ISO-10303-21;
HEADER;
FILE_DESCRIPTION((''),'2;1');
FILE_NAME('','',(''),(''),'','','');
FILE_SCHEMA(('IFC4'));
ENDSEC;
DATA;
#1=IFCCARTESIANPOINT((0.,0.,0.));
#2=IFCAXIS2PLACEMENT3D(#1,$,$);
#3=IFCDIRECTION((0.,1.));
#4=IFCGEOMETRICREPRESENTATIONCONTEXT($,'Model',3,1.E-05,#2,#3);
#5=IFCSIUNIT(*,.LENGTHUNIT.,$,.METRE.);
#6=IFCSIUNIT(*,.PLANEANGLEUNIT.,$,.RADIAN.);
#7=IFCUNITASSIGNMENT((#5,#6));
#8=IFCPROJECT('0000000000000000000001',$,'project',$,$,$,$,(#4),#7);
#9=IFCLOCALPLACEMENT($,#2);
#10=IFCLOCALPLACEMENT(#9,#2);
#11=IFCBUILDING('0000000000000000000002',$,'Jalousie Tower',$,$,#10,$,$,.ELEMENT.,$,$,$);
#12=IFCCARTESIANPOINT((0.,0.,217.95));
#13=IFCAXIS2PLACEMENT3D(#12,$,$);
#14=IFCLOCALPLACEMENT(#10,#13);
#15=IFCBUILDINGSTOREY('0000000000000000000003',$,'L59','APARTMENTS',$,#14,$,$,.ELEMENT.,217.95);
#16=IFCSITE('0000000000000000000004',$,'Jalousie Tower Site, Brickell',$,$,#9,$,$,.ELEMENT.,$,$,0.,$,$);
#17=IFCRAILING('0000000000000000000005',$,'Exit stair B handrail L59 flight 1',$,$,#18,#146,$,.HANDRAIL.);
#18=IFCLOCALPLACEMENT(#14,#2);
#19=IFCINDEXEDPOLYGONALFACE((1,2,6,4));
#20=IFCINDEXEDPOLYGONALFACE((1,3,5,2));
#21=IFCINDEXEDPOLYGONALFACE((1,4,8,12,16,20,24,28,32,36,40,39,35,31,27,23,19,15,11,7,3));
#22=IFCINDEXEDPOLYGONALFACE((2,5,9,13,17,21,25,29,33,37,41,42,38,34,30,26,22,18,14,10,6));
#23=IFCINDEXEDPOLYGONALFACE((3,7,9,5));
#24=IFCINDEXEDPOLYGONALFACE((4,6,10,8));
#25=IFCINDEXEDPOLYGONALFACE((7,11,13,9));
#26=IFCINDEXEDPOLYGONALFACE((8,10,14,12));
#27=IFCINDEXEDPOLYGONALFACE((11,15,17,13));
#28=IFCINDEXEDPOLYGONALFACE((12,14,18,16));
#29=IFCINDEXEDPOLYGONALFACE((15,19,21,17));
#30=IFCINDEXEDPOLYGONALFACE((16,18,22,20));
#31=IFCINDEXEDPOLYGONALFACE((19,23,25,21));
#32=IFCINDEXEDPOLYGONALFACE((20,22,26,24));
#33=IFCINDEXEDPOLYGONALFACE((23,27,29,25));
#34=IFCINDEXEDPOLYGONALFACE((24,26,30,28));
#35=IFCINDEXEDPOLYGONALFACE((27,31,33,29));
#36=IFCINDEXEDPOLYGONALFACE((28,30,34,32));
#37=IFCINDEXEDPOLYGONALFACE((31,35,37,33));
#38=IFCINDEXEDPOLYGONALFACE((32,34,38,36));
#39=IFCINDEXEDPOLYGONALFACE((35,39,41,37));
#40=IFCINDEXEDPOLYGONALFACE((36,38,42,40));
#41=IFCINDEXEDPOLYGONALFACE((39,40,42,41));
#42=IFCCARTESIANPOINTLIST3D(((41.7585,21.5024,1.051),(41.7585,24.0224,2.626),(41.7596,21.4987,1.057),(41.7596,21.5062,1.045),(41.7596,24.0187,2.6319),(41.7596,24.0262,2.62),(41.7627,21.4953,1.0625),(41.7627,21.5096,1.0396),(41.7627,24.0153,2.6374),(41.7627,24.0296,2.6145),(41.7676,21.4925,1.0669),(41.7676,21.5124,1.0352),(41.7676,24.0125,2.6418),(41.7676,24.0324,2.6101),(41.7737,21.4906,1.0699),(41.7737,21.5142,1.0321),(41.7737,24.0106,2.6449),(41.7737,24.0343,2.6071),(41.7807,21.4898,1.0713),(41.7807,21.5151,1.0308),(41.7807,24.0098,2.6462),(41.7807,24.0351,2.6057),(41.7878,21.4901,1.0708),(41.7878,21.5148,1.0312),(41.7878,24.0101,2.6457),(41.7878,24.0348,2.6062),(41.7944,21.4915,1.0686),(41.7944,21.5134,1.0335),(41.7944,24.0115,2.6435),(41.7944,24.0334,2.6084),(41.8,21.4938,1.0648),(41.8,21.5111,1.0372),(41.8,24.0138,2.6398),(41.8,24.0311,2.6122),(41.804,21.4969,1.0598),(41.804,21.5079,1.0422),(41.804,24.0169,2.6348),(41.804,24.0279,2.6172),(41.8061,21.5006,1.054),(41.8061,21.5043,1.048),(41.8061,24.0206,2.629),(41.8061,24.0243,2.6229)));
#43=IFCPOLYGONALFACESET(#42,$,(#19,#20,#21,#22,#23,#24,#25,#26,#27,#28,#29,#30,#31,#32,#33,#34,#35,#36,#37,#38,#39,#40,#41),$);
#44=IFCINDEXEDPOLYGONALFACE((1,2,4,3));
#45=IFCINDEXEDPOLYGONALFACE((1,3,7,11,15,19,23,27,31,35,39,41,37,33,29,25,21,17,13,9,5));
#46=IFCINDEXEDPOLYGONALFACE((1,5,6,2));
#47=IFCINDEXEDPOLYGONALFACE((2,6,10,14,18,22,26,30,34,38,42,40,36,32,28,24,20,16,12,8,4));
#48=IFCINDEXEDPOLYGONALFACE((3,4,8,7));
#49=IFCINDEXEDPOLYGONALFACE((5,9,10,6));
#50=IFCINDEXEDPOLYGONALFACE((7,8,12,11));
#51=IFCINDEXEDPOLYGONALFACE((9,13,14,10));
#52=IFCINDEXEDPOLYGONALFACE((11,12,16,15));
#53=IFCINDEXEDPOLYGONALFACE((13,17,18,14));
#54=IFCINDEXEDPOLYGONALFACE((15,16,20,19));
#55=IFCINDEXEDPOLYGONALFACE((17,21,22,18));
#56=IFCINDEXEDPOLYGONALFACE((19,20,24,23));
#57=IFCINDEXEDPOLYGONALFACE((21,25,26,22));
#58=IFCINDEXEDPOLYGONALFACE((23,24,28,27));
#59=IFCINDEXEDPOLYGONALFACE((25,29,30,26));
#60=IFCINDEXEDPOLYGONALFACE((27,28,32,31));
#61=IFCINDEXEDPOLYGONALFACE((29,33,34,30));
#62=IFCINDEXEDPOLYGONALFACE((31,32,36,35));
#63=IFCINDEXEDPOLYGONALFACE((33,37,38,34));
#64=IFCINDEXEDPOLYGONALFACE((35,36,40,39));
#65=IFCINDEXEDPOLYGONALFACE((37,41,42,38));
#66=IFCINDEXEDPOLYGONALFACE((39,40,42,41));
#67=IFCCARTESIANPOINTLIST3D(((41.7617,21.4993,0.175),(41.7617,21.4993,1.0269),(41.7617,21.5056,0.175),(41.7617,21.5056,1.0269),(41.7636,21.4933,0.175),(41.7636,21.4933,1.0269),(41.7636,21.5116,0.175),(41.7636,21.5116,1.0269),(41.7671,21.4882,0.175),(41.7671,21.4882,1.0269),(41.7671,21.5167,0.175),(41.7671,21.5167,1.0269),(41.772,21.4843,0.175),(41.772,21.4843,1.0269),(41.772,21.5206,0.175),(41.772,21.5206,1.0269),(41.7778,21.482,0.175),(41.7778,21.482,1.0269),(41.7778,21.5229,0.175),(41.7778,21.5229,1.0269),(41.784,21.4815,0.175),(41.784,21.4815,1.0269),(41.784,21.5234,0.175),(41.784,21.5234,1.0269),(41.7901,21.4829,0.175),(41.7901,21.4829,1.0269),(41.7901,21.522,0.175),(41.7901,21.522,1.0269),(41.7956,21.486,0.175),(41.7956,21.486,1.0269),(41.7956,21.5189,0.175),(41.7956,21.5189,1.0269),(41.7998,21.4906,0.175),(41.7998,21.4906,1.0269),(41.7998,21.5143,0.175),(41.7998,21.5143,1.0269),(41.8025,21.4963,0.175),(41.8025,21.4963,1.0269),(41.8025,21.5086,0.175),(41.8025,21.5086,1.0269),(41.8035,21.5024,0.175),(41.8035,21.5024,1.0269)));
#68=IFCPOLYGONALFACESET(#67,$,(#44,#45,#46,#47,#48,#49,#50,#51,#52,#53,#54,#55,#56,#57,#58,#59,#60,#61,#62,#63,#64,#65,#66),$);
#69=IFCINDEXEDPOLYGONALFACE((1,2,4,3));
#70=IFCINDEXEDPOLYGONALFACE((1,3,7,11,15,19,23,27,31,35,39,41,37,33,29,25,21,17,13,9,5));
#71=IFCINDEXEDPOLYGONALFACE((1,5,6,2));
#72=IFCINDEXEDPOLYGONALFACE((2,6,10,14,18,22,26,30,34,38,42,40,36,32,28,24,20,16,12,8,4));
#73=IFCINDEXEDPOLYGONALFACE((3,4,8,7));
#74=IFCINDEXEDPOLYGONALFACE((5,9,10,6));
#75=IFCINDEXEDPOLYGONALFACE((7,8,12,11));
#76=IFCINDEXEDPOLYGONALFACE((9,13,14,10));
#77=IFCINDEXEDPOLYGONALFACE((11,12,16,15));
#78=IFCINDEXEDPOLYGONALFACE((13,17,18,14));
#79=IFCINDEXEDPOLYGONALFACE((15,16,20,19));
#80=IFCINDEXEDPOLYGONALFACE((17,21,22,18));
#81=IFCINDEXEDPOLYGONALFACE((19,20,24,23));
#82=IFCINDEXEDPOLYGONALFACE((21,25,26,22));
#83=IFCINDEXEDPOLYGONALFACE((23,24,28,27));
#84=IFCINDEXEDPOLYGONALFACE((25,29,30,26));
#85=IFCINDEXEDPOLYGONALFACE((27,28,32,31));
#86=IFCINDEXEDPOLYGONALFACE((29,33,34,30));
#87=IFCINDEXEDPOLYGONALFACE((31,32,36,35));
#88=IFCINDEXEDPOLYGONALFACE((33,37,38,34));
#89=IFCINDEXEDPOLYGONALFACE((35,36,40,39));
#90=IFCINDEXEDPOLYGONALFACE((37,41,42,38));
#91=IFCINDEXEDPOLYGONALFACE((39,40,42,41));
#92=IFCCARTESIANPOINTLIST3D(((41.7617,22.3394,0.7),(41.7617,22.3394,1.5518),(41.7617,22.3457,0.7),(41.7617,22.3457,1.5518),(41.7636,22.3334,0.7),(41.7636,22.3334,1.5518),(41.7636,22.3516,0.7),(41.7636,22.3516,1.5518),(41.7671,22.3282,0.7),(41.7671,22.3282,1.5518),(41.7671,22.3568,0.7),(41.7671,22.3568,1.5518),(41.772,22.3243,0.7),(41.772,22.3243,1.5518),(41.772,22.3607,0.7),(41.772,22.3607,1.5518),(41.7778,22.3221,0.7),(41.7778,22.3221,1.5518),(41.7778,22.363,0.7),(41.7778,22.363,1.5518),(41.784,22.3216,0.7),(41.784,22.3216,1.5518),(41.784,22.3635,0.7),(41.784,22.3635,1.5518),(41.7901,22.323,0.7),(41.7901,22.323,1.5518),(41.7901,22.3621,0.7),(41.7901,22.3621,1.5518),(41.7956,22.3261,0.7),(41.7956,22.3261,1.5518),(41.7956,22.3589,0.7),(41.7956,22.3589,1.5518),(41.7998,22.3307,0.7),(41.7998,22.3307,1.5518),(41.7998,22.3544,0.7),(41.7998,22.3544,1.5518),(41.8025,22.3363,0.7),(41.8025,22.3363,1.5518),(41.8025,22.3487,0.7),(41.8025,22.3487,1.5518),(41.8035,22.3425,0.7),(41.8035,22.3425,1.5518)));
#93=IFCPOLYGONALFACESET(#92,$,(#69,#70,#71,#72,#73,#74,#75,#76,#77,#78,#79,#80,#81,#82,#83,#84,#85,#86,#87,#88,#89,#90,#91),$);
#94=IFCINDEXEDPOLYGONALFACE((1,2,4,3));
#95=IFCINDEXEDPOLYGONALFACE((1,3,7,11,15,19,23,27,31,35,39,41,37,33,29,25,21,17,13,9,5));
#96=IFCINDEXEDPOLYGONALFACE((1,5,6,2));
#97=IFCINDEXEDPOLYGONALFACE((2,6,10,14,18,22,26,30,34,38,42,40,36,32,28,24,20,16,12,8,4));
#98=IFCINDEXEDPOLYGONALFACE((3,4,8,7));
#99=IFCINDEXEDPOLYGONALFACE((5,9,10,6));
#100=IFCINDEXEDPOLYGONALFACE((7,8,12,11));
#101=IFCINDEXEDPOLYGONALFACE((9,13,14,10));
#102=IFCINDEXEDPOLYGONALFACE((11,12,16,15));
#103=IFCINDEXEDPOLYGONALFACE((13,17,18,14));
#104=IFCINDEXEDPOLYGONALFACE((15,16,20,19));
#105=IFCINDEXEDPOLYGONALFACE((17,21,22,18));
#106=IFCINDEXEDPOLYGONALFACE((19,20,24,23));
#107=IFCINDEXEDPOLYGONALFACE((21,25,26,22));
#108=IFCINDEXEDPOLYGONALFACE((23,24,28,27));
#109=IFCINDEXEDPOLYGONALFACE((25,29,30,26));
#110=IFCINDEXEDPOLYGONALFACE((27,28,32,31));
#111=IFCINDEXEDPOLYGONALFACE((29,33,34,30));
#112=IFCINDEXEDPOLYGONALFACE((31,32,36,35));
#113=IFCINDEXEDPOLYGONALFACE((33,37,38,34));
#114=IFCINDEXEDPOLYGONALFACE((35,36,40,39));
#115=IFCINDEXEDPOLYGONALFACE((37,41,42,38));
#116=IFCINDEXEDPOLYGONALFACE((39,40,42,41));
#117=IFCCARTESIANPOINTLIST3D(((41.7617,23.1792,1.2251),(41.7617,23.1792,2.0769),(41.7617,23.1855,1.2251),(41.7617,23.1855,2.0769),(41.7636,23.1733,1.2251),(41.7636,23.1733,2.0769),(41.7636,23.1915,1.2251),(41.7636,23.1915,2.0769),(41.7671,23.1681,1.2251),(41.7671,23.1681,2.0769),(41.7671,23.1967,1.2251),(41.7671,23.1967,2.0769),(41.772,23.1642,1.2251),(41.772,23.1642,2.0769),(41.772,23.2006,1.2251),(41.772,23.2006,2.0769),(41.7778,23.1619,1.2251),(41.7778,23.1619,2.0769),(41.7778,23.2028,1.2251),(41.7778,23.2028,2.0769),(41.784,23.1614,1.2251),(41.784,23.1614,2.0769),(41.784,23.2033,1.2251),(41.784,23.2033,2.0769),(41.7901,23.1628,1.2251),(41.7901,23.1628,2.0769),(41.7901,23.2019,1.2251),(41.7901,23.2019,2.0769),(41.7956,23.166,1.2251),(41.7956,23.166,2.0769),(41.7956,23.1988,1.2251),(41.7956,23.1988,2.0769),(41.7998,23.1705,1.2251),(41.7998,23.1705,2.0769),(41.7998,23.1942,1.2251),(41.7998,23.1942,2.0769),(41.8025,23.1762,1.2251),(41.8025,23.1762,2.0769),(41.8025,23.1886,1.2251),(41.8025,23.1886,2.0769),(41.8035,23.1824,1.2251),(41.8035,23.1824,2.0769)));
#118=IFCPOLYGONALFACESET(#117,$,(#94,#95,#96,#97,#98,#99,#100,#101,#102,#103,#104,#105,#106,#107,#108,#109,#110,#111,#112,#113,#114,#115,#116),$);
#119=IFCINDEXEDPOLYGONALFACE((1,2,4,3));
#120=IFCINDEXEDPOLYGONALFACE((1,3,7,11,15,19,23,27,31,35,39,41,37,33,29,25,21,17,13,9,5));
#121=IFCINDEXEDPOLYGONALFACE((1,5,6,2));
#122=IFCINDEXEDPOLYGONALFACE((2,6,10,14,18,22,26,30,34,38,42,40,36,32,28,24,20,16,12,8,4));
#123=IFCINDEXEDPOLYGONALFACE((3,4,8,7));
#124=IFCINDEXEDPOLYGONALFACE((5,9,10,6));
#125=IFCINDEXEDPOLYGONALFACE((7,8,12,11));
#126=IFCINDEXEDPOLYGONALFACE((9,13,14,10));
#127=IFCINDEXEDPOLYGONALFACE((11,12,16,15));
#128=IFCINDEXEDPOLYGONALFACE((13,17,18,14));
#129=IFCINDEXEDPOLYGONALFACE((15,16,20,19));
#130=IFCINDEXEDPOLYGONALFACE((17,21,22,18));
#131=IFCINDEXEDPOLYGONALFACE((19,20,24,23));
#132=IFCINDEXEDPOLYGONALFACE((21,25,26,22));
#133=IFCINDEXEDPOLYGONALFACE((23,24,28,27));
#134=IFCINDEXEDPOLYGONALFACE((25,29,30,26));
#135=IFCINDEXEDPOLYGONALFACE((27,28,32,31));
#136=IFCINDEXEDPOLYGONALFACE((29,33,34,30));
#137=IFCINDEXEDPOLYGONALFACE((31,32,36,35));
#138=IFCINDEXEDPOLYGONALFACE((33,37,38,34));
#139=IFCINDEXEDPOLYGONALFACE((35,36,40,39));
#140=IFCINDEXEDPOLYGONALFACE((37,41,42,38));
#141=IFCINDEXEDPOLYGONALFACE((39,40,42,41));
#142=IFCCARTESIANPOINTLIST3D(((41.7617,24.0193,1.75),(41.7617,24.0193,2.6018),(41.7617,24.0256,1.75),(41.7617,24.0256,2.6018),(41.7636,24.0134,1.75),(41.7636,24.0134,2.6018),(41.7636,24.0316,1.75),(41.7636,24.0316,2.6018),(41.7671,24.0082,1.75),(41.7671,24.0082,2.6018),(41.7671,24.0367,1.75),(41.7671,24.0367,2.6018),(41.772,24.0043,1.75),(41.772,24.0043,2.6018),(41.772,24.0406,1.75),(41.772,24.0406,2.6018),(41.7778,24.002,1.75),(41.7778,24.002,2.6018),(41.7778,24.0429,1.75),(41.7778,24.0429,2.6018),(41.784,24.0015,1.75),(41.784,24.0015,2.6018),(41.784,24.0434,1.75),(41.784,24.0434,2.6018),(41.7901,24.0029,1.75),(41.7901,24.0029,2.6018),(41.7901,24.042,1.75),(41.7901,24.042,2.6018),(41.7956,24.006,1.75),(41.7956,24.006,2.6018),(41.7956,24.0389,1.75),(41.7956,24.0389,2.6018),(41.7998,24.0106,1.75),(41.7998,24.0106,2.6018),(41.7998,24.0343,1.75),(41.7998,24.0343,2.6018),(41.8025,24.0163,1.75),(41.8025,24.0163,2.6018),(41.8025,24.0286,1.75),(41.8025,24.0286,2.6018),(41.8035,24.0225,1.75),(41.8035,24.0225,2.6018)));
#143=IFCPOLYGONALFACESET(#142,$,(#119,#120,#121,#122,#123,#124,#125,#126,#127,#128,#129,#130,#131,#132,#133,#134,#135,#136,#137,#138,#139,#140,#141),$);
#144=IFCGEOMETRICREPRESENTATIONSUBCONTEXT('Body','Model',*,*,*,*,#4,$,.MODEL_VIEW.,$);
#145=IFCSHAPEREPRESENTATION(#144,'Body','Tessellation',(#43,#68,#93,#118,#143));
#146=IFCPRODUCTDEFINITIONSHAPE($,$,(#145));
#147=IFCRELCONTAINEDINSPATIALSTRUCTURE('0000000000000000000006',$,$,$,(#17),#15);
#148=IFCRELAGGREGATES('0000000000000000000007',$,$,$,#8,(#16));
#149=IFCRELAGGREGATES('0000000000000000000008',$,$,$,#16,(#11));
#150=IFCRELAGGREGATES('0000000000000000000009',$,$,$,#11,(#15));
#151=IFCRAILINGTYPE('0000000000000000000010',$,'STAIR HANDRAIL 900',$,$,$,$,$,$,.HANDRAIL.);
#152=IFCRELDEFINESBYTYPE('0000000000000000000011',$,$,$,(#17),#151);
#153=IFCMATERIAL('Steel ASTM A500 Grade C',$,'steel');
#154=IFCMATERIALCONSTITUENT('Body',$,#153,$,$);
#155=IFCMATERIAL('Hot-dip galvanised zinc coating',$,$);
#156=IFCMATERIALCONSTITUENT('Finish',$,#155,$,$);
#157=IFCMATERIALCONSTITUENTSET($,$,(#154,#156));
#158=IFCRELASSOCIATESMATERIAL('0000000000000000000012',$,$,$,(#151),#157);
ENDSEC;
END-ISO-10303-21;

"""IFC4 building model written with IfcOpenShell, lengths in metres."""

from ifc_helpers import new_model, si_unit, direction, frame, origin, origin_2d, place, context, subcontext, project, spatial, circle, extrude, material, constituent, constituent_set, type_object, element, save


model = new_model("IFC4")

# Units and contexts
model_context = context("Model", 3, precision=1e-05, world=origin(), true_north=direction((0.0, 1.0)))
body_context = subcontext(model_context, "Body", "Model", "MODEL_VIEW")
ifc_project = project(units=[si_unit("LENGTHUNIT", "METRE"), si_unit("PLANEANGLEUNIT", "RADIAN")], contexts=[model_context])

# Site, building, storey
site_placement = place(None, origin())
site = spatial("IfcSite", under=ifc_project, at=site_placement, Name="Jalousie Tower Site, Brickell", CompositionType="ELEMENT", RefElevation=0.0)
building_placement = place(site_placement, origin())
building = spatial("IfcBuilding", under=site, at=building_placement, Name="Jalousie Tower", CompositionType="ELEMENT")
storey_placement = place(building_placement, frame((0.0, 0.0, 217.95)))
storey = spatial("IfcBuildingStorey", under=building, at=storey_placement, Name="L59", Description="APARTMENTS", CompositionType="ELEMENT", Elevation=217.95)

# Railing
ifc_material_1 = material(Name="Steel ASTM A500 Grade C", Category="steel")
ifc_constituent_1 = constituent(ifc_material_1, Name="Body")
ifc_material_2 = material(Name="Hot-dip galvanised zinc coating")
ifc_constituent_2 = constituent(ifc_material_2, Name="Finish")
ifc_constituent_set_1 = constituent_set(constituents=[ifc_constituent_1, ifc_constituent_2])
railing_type_1 = type_object("IfcRailingType", Name="STAIR HANDRAIL 900", PredefinedType="HANDRAIL", material=ifc_constituent_set_1)
railing_1_placement = place(storey_placement, frame((41.7825, 21.5024, 0.175)))
element("IfcRailing", 1, at=railing_1_placement, inside=storey, type_object=railing_type_1, Name="Exit stair B handrail L59 flight 1", PredefinedType="HANDRAIL", context=body_context, shape_type="SweptSolid", body=[
    extrude(circle(Radius=0.0239, at=origin_2d()), frame((0.0, 0.0, 0.876), z_axis=(0.0, 0.848008, 0.529984), x_axis=(-1.0, 0.0, 0.0)), (0.0, 0.0, 1.0), 2.9717),
    extrude(circle(Radius=0.021, at=origin_2d()), origin(), (0.0, 0.0, 1.0), 0.8518),
    extrude(circle(Radius=0.021, at=origin_2d()), frame((0.0, 0.8401, 0.5249)), (0.0, 0.0, 1.0), 0.8518),
    extrude(circle(Radius=0.021, at=origin_2d()), frame((0.0, 1.6799, 1.05)), (0.0, 0.0, 1.0), 0.8518),
    extrude(circle(Radius=0.021, at=origin_2d()), frame((0.0, 2.52, 1.575)), (0.0, 0.0, 1.0), 0.8518),
])

save(model, "model.ifc")
